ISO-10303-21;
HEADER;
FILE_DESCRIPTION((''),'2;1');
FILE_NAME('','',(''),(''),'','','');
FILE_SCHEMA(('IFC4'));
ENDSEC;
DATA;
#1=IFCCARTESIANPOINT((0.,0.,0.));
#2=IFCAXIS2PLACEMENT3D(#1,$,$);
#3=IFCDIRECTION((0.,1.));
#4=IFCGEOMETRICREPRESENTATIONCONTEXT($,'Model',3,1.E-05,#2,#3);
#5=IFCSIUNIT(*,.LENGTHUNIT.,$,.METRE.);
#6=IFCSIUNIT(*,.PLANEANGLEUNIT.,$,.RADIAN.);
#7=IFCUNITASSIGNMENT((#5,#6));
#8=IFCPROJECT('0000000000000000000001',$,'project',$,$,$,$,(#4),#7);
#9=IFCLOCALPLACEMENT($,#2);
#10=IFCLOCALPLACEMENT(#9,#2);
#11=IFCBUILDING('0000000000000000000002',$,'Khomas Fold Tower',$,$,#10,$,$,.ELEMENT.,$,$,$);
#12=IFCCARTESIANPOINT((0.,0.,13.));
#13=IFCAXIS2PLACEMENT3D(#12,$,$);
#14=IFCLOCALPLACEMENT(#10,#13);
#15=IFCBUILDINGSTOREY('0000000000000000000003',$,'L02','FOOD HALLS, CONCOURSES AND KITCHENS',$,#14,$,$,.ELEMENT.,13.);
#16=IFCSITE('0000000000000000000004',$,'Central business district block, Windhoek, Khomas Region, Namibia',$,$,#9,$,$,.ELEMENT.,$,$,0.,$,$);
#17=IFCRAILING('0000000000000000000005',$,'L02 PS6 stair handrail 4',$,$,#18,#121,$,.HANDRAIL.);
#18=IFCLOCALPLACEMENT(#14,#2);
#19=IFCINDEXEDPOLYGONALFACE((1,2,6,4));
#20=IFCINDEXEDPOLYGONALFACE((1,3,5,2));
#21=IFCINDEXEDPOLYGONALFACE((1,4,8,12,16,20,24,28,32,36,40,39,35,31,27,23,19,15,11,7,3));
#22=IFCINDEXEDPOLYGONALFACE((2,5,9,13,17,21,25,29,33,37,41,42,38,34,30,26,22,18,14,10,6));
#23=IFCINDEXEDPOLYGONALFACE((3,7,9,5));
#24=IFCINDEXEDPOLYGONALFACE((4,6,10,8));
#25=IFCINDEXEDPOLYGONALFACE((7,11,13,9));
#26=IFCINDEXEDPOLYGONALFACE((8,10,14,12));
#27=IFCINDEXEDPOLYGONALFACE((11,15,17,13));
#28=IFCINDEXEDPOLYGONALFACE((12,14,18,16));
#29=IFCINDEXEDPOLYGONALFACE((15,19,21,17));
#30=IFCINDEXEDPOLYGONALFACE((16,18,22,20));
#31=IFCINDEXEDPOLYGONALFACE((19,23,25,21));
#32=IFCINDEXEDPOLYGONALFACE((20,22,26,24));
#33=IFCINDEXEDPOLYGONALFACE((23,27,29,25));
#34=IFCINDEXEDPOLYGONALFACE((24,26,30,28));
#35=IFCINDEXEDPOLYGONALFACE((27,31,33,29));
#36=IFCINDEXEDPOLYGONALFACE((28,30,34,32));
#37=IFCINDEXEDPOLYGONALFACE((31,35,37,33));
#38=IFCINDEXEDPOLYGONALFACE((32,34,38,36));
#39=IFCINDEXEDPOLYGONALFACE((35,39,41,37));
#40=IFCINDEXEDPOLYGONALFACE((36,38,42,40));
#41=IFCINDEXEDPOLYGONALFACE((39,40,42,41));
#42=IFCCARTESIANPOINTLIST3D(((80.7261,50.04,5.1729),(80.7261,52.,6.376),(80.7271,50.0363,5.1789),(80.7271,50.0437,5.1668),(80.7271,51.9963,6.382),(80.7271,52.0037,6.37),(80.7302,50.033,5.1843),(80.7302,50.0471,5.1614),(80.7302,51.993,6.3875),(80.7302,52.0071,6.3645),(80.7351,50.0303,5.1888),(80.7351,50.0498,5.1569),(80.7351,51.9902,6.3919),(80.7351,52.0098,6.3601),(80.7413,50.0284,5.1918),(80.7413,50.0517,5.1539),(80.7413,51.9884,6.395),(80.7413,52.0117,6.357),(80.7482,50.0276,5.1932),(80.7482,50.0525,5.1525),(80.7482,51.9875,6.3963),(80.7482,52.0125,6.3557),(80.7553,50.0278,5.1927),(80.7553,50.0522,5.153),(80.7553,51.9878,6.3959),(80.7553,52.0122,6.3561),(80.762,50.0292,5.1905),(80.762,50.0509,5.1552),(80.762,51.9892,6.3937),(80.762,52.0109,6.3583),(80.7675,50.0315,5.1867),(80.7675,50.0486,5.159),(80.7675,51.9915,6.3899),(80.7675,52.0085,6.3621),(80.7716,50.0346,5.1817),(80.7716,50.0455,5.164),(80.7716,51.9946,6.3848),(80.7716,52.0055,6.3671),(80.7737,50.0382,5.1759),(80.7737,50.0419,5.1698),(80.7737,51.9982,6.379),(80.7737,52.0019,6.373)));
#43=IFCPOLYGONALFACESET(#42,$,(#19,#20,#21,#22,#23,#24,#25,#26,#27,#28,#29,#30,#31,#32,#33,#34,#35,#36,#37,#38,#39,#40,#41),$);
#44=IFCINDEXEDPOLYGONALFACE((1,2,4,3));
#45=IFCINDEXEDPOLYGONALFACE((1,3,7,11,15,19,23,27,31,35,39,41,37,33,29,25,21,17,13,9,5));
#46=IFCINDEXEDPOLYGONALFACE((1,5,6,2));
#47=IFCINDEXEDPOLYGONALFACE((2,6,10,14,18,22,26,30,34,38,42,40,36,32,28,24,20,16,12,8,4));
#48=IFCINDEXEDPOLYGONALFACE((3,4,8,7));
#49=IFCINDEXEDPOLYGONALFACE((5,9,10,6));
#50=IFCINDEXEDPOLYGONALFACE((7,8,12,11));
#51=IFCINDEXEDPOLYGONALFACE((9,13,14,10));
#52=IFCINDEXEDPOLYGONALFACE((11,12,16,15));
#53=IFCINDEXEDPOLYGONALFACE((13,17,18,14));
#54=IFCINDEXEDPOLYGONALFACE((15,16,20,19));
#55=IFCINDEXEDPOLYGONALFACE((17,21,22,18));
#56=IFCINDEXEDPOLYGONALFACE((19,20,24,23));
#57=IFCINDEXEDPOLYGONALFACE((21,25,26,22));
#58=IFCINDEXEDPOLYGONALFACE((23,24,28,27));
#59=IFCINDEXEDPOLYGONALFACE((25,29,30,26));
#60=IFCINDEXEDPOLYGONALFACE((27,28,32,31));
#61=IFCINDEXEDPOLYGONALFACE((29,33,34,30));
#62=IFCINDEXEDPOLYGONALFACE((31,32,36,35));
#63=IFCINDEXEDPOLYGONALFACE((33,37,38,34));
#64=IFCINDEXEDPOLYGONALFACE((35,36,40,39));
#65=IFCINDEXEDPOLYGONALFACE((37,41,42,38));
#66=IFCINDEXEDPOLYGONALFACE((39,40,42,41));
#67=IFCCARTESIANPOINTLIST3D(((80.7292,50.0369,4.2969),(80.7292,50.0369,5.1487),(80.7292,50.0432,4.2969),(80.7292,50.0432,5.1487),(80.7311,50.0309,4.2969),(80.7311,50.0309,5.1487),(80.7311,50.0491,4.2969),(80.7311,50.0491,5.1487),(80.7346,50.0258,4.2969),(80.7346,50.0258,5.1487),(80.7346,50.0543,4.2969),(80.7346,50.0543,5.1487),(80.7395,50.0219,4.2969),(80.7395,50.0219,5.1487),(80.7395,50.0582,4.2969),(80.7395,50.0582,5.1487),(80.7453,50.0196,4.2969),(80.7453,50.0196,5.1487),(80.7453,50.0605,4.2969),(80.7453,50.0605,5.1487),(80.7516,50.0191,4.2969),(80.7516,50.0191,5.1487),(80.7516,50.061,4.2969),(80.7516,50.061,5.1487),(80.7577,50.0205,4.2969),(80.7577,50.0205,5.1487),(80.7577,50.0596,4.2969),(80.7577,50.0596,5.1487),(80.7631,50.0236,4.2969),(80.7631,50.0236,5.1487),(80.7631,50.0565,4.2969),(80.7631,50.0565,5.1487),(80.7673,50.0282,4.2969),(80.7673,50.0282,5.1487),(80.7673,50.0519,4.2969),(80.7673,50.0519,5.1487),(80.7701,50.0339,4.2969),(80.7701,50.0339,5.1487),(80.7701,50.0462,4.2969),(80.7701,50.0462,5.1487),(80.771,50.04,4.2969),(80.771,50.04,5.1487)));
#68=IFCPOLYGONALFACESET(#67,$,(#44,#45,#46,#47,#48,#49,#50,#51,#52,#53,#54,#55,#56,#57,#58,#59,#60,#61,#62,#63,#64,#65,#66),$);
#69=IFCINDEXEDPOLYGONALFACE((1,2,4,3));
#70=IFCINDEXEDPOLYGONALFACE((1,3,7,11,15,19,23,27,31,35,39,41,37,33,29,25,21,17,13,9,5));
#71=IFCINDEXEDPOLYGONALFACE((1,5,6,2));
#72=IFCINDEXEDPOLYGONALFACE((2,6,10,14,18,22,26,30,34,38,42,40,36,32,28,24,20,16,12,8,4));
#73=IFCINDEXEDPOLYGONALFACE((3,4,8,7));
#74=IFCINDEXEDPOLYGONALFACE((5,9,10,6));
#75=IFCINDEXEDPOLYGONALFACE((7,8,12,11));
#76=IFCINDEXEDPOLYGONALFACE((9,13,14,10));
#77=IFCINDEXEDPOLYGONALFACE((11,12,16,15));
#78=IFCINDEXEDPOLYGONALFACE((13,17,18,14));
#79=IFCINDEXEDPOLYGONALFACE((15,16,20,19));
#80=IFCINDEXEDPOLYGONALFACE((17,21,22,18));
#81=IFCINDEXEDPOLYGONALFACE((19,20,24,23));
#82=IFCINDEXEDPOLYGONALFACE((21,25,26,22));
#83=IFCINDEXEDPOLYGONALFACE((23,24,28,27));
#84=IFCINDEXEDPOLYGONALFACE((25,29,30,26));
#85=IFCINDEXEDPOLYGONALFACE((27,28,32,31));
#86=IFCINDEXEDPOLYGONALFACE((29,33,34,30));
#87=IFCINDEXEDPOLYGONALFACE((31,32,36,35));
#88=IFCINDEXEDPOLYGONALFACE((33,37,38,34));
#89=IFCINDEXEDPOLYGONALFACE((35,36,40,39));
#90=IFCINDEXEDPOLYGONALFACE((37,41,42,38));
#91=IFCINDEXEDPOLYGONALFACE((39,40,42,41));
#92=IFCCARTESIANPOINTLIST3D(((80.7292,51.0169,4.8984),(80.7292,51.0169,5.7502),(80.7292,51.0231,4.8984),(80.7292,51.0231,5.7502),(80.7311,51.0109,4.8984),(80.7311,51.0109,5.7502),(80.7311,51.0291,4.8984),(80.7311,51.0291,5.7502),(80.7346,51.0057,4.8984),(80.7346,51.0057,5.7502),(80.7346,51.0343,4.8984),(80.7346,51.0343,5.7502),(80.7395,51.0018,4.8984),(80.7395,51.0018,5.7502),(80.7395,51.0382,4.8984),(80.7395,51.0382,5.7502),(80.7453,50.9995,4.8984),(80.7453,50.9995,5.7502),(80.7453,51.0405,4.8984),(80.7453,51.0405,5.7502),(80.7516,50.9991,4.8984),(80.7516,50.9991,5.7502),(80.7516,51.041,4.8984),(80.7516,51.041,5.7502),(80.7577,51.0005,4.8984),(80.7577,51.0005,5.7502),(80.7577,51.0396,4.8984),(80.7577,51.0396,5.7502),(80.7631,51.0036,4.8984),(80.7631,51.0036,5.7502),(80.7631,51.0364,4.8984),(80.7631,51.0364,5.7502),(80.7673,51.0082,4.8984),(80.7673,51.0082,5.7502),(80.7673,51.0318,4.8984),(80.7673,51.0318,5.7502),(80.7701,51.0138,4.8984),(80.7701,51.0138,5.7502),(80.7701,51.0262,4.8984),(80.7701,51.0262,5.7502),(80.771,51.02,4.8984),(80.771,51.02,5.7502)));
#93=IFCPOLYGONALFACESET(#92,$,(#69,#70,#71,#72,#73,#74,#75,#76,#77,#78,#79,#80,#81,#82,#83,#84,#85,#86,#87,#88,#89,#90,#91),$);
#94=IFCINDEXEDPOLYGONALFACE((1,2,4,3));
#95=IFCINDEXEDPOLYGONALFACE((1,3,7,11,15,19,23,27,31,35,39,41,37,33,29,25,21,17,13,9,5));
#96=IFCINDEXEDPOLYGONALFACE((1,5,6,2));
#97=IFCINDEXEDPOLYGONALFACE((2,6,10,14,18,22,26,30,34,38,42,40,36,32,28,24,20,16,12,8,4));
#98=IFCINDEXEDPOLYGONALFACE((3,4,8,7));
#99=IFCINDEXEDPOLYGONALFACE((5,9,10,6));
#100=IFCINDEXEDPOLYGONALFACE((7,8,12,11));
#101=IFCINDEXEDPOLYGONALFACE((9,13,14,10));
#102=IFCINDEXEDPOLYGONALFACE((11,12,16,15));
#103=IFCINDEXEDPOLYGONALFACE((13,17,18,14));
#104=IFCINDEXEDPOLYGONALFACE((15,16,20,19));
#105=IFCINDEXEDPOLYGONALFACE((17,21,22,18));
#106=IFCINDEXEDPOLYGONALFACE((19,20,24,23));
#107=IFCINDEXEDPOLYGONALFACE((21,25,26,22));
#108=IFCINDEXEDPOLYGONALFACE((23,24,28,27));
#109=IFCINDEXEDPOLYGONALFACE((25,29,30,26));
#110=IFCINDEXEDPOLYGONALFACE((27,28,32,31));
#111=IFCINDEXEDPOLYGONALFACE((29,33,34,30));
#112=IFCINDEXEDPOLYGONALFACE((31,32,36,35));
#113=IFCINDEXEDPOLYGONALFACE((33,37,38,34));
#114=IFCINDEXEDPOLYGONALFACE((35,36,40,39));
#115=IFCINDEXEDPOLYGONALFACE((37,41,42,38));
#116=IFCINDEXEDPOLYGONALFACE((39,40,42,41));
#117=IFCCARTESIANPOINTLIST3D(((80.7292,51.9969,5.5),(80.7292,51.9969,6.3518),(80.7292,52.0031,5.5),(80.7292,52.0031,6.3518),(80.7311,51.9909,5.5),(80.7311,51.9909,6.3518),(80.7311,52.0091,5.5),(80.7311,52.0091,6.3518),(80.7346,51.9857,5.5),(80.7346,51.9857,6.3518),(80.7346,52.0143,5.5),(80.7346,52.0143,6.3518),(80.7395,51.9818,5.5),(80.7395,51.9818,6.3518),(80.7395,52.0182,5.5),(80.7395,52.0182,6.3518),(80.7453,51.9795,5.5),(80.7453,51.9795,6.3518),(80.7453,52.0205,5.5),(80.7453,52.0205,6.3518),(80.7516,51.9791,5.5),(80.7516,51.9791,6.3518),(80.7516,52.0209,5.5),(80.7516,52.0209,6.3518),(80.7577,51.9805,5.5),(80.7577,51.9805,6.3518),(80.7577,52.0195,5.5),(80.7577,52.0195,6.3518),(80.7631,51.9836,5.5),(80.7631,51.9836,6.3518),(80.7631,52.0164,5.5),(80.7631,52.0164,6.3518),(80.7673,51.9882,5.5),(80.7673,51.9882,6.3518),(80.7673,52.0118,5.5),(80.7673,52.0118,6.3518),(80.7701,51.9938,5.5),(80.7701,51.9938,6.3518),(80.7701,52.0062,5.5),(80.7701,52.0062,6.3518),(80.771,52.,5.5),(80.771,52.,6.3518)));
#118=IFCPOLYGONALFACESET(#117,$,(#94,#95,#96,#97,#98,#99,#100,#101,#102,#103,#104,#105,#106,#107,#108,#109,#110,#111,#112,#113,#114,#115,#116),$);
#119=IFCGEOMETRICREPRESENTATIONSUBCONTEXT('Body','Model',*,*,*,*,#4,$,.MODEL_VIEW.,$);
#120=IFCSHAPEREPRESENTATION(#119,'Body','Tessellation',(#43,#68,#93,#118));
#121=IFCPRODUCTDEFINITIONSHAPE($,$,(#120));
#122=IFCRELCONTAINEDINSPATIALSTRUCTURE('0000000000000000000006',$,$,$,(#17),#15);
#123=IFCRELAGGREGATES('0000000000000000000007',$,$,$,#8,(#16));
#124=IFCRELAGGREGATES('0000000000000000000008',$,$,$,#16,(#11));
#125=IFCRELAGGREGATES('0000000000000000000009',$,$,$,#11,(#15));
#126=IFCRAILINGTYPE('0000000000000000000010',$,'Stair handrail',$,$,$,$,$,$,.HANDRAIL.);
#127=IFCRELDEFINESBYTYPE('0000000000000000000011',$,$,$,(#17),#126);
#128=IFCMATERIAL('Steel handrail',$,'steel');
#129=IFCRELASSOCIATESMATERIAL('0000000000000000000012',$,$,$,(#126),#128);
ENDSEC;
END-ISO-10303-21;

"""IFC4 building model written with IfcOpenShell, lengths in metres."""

from ifc_helpers import new_model, si_unit, direction, frame, origin, origin_2d, place, context, subcontext, project, spatial, circle, extrude, source, transform, mapped, material, type_object, element, save


model = new_model("IFC4")

# Units and contexts
model_context = context("Model", 3, precision=1e-05, world=origin(), true_north=direction((0.0, 1.0)))
body_context = subcontext(model_context, "Body", "Model", "MODEL_VIEW")
ifc_project = project(units=[si_unit("LENGTHUNIT", "METRE"), si_unit("PLANEANGLEUNIT", "RADIAN")], contexts=[model_context])

# Site, building, storey
site_placement = place(None, origin())
site = spatial("IfcSite", under=ifc_project, at=site_placement, Name="Central business district block, Windhoek, Khomas Region, Namibia", CompositionType="ELEMENT", RefElevation=0.0)
building_placement = place(site_placement, origin())
building = spatial("IfcBuilding", under=site, at=building_placement, Name="Khomas Fold Tower", CompositionType="ELEMENT")
storey_placement = place(building_placement, frame((0.0, 0.0, 13.0)))
storey = spatial("IfcBuildingStorey", under=building, at=storey_placement, Name="L02", Description="FOOD HALLS, CONCOURSES AND KITCHENS", CompositionType="ELEMENT", Elevation=13.0)

# Railing
ifc_material_1 = material(Name="Steel handrail", Category="steel")
railing_type_1 = type_object("IfcRailingType", Name="Stair handrail", PredefinedType="HANDRAIL", material=ifc_material_1)
shared_shape_1 = source(origin(), body_context, "Body", "SweptSolid", [
    extrude(circle(Radius=0.0239, at=origin_2d()), frame((0.0, 0.0, 0.876), z_axis=(0.0, 0.852241, 0.523149), x_axis=(-1.0, 0.0, 0.0)), (0.0, 0.0, 1.0), 2.2998),
    extrude(circle(Radius=0.021, at=origin_2d()), origin(), (0.0, 0.0, 1.0), 0.8518),
    extrude(circle(Radius=0.021, at=origin_2d()), frame((0.0, 0.98, 0.6016)), (0.0, 0.0, 1.0), 0.8518),
    extrude(circle(Radius=0.021, at=origin_2d()), frame((0.0, 1.96, 1.2031)), (0.0, 0.0, 1.0), 0.8518),
])
for number, where, name in (
    (1, (80.75, 50.04, 4.2969), "L02 PS6 stair handrail 4"),
):
    element("IfcRailing", number, at=place(storey_placement, frame(where)), inside=storey, type_object=railing_type_1, Name=name, PredefinedType="HANDRAIL", context=body_context, shape_type="MappedRepresentation", body=[
        mapped(shared_shape_1, transform((0.0, 0.0, 0.0))),
    ])

save(model, "model.ifc")
